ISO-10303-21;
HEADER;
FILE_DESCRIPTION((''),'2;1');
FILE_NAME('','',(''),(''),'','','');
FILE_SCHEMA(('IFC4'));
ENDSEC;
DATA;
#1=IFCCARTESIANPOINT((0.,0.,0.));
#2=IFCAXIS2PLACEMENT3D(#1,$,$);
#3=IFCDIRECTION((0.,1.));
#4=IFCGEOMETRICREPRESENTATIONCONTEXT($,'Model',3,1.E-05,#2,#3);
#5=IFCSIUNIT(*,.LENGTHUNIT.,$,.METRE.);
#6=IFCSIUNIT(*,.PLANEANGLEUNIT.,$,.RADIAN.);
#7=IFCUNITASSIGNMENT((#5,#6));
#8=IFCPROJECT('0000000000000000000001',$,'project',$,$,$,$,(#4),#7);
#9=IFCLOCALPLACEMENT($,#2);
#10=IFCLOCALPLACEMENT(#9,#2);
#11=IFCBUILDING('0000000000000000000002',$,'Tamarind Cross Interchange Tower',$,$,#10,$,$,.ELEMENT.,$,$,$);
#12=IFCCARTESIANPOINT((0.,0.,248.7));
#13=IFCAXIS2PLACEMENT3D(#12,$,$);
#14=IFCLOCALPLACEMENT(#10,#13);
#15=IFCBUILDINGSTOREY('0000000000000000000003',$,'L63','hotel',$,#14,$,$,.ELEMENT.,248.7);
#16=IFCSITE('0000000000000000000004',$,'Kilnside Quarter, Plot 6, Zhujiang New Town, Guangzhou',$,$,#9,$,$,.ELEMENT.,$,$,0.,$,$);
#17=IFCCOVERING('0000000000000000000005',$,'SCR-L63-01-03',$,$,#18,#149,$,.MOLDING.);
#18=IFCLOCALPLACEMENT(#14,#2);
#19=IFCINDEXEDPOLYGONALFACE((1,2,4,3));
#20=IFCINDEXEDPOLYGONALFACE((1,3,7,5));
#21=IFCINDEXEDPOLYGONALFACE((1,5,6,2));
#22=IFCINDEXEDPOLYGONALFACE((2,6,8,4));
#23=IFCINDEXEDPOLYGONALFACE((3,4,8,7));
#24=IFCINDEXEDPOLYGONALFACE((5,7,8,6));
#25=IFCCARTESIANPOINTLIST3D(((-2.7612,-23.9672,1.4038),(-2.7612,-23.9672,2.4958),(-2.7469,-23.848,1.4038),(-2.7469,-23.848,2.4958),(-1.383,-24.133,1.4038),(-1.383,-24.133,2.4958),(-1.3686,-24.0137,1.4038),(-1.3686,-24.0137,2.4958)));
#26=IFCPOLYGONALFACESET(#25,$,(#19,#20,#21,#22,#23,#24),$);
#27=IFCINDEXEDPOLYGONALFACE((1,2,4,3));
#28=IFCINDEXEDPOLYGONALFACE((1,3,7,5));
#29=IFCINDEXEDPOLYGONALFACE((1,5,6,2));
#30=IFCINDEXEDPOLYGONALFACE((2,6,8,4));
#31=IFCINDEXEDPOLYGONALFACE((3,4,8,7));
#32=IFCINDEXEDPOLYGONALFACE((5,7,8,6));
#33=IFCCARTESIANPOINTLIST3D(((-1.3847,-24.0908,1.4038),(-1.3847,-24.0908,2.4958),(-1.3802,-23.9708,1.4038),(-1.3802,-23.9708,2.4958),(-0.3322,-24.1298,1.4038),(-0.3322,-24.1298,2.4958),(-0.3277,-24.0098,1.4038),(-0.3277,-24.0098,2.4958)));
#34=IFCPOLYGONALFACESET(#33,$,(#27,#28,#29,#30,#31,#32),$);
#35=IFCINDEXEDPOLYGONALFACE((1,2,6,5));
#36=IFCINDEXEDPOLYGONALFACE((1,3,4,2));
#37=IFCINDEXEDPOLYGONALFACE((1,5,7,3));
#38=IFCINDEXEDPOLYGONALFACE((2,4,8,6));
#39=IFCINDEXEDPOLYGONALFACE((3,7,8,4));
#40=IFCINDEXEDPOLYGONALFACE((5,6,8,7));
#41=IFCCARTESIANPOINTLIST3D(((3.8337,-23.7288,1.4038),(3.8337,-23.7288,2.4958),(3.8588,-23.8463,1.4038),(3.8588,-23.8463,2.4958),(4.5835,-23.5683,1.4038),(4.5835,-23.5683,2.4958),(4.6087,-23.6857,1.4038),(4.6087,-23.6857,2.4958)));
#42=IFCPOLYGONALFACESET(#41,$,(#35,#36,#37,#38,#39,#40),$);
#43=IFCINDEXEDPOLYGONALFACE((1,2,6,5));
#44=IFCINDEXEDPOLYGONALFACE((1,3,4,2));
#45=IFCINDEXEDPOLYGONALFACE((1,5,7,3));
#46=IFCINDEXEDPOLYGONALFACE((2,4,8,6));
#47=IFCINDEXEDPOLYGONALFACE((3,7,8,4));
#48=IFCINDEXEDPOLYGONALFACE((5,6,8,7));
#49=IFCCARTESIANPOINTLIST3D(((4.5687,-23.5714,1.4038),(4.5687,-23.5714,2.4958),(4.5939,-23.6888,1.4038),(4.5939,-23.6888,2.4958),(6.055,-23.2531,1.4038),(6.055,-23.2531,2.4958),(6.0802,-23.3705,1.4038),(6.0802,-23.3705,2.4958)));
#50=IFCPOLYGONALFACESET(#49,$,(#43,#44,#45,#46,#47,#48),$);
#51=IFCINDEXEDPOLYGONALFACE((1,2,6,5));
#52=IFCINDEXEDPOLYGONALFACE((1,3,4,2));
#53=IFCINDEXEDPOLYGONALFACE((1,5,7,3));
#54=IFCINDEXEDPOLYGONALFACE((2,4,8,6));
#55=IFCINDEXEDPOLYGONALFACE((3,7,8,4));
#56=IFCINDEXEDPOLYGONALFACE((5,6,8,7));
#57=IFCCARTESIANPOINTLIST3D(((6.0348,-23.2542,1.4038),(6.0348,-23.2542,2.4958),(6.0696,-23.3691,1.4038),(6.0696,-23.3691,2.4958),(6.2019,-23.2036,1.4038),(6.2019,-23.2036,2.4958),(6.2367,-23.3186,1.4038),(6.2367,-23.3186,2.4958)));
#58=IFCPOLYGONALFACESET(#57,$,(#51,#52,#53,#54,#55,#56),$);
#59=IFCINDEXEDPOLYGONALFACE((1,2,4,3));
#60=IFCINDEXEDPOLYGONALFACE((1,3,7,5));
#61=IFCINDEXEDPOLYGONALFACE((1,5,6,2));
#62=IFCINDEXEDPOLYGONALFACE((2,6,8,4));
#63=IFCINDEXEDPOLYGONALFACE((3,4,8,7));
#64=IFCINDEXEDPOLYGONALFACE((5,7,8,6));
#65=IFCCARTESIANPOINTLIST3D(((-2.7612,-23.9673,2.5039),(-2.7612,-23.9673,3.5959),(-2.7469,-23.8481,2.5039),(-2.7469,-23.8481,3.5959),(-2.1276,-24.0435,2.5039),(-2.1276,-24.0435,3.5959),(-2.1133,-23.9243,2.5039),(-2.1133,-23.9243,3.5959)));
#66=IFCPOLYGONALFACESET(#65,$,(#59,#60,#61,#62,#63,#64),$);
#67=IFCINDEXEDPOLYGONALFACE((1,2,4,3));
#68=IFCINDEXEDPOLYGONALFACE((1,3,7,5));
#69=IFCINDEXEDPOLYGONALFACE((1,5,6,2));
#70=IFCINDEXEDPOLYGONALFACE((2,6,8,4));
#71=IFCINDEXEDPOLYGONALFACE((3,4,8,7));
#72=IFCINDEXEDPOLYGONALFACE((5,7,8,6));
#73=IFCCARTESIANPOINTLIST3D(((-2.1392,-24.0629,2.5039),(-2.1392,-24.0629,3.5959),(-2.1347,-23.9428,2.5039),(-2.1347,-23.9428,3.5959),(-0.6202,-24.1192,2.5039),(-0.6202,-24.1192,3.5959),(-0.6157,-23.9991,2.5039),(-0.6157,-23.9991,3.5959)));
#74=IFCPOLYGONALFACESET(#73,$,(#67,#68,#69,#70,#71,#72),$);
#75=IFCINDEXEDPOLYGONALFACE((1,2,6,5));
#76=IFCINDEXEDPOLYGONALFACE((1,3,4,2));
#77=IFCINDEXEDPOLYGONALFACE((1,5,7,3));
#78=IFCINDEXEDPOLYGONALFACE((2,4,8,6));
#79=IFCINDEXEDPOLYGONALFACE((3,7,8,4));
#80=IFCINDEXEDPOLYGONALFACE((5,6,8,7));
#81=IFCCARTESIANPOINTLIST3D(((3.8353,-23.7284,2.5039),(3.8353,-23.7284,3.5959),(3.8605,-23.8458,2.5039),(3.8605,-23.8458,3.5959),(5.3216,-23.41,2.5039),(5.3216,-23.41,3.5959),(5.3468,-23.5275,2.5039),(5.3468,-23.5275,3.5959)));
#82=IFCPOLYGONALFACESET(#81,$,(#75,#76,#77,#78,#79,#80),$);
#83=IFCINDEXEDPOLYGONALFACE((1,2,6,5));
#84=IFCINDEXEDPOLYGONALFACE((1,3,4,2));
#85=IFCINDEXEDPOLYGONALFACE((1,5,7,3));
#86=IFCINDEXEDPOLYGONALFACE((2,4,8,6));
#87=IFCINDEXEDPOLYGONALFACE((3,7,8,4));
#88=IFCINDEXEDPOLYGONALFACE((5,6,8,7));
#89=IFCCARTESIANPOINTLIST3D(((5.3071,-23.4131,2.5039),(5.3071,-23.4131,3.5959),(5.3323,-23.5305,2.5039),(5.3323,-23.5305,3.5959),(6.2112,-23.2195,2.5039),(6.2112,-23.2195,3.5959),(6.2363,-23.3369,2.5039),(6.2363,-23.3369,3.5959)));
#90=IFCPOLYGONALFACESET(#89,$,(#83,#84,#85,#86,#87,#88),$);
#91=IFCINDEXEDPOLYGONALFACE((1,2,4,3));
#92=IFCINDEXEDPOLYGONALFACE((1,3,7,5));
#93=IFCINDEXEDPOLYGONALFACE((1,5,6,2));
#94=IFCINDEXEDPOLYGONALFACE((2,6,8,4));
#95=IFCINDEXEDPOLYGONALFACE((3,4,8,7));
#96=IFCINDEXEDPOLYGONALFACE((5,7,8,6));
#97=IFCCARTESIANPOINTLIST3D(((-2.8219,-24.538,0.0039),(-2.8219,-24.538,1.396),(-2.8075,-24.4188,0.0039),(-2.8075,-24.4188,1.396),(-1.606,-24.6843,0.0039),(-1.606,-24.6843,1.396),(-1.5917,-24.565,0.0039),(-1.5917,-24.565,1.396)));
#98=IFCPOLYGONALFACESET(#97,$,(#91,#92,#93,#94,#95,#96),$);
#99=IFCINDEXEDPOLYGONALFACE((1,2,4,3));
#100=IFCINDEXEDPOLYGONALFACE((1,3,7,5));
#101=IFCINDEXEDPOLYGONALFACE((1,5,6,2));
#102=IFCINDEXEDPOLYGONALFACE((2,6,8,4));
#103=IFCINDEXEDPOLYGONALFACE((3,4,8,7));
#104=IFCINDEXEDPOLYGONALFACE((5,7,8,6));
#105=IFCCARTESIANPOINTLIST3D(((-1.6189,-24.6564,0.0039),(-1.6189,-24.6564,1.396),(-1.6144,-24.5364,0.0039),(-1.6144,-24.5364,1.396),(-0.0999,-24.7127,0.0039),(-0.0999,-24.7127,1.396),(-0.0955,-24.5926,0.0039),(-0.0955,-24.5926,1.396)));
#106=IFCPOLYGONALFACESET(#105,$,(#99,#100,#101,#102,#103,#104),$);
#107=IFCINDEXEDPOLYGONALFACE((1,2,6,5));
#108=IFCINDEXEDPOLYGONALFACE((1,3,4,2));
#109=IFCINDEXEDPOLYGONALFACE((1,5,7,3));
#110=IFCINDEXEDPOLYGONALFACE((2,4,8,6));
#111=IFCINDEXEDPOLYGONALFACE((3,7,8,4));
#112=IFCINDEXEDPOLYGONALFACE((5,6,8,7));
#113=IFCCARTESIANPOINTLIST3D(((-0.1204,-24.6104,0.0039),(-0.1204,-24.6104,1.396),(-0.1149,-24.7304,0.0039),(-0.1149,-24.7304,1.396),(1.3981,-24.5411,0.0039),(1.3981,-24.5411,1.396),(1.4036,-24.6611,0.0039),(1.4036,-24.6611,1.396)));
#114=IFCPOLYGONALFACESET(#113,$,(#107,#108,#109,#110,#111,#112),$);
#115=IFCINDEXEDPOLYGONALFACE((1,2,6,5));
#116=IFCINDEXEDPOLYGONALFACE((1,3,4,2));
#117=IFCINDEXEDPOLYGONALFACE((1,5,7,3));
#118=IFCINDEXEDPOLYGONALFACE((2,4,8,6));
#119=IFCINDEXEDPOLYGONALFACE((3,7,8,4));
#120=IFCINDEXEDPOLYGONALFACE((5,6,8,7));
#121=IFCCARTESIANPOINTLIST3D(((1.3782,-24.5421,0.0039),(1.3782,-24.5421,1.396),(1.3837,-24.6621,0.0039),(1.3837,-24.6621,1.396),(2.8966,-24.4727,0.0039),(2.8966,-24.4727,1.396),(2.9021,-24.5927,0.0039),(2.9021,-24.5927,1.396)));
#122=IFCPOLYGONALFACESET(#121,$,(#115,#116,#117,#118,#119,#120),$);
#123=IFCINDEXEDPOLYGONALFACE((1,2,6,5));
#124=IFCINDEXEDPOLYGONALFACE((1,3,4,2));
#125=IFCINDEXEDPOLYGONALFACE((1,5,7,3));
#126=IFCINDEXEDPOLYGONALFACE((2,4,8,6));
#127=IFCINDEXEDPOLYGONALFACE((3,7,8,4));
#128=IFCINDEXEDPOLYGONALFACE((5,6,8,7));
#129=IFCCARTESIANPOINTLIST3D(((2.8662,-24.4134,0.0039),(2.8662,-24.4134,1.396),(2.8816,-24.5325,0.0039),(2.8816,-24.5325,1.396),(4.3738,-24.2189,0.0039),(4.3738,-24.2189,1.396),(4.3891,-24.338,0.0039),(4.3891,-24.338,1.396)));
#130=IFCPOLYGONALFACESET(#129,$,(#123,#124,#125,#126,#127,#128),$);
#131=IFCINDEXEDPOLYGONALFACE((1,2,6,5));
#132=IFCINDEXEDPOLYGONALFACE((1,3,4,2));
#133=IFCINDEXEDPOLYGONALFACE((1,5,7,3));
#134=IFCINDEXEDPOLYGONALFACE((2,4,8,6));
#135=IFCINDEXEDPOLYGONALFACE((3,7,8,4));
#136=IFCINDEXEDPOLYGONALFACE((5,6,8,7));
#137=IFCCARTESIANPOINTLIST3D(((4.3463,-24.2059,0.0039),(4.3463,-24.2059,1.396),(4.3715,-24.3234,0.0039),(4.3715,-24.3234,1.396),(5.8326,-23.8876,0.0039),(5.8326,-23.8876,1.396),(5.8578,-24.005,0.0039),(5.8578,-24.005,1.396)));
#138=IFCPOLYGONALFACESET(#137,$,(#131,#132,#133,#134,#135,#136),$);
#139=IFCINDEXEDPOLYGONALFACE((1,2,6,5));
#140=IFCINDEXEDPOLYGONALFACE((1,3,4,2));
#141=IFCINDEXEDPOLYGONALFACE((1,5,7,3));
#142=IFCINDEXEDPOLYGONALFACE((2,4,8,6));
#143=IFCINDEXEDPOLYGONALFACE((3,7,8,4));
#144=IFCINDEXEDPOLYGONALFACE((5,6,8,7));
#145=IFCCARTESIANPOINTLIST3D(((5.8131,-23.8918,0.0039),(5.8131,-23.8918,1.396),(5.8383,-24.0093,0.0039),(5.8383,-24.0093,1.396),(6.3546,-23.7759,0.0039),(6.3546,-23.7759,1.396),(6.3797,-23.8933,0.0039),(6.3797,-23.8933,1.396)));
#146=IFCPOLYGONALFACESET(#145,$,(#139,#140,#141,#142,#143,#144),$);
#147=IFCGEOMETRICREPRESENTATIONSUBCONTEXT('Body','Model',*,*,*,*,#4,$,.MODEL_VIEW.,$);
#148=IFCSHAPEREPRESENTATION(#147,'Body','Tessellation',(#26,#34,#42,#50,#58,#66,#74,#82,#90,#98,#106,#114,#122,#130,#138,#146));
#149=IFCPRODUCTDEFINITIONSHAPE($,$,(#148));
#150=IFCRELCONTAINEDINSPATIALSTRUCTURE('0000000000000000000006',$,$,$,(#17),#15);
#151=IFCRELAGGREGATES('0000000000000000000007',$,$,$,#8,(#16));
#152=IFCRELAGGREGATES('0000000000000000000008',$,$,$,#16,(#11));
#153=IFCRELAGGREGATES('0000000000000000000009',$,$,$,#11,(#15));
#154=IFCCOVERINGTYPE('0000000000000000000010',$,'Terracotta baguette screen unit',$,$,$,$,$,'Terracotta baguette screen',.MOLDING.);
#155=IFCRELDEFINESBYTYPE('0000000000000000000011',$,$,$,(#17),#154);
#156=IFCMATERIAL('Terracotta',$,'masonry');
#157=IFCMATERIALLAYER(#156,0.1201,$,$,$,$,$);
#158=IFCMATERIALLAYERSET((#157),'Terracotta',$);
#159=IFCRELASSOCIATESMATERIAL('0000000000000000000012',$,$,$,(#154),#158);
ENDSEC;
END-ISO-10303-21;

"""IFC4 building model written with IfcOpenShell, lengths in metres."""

from ifc_helpers import new_model, si_unit, direction, frame, origin, origin_2d, place, context, subcontext, project, spatial, rectangle, extrude, material, layer, layer_set, type_object, element, save


model = new_model("IFC4")

# Units and contexts
model_context = context("Model", 3, precision=1e-05, world=origin(), true_north=direction((0.0, 1.0)))
body_context = subcontext(model_context, "Body", "Model", "MODEL_VIEW")
ifc_project = project(units=[si_unit("LENGTHUNIT", "METRE"), si_unit("PLANEANGLEUNIT", "RADIAN")], contexts=[model_context])

# Site, building, storey
site_placement = place(None, origin())
site = spatial("IfcSite", under=ifc_project, at=site_placement, Name="Kilnside Quarter, Plot 6, Zhujiang New Town, Guangzhou", CompositionType="ELEMENT", RefElevation=0.0)
building_placement = place(site_placement, origin())
building = spatial("IfcBuilding", under=site, at=building_placement, Name="Tamarind Cross Interchange Tower", CompositionType="ELEMENT")
storey_placement = place(building_placement, frame((0.0, 0.0, 248.7)))
storey = spatial("IfcBuildingStorey", under=building, at=storey_placement, Name="L63", Description="hotel", CompositionType="ELEMENT", Elevation=248.7)

# Covering
ifc_material_1 = material(Name="Terracotta", Category="masonry")
ifc_layer_1 = layer(ifc_material_1, 0.1201)
ifc_layer_set_1 = layer_set([ifc_layer_1], Name="Terracotta")
covering_type = type_object("IfcCoveringType", Name="Terracotta baguette screen unit", ElementType="Terracotta baguette screen", PredefinedType="MOLDING", material=ifc_layer_set_1)
covering_1_placement = place(storey_placement, origin())
element("IfcCovering", 1, at=covering_1_placement, inside=storey, type_object=covering_type, Name="SCR-L63-01-03", PredefinedType="MOLDING", context=body_context, shape_type="SweptSolid", body=[
    extrude(rectangle(XDim=1.3882, YDim=0.1201, at=origin_2d()), frame((-2.0649, -23.9905, 1.4038), z_axis=(0.0, 0.0, 1.0), x_axis=(0.992844, -0.119421, 0.0)), (0.0, 0.0, 1.0), 1.092),
    extrude(rectangle(XDim=1.0532, YDim=0.1201, at=origin_2d()), frame((-0.8562, -24.0503, 1.4038), z_axis=(0.0, 0.0, 1.0), x_axis=(0.999314, -0.037025, 0.0)), (0.0, 0.0, 1.0), 1.092),
    extrude(rectangle(XDim=0.7668, YDim=0.1201, at=origin_2d()), frame((4.2212, -23.7073, 1.4038), z_axis=(0.0, 0.0, 1.0), x_axis=(0.977825, 0.209425, 0.0)), (0.0, 0.0, 1.0), 1.092),
    extrude(rectangle(XDim=1.52, YDim=0.1201, at=origin_2d()), frame((5.3245, -23.4709, 1.4038), z_axis=(0.0, 0.0, 1.0), x_axis=(0.977825, 0.209425, 0.0)), (0.0, 0.0, 1.0), 1.092),
    extrude(rectangle(XDim=0.1746, YDim=0.1201, at=origin_2d()), frame((6.1357, -23.2864, 1.4038), z_axis=(0.0, 0.0, 1.0), x_axis=(0.957191, 0.289458, 0.0)), (0.0, 0.0, 1.0), 1.092),
    extrude(rectangle(XDim=0.6382, YDim=0.1201, at=origin_2d()), frame((-2.4373, -23.9458, 2.5039), z_axis=(0.0, 0.0, 1.0), x_axis=(0.992844, -0.119421, 0.0)), (0.0, 0.0, 1.0), 1.092),
    extrude(rectangle(XDim=1.52, YDim=0.1201, at=origin_2d()), frame((-1.3774, -24.031, 2.5039), z_axis=(0.0, 0.0, 1.0), x_axis=(0.999314, -0.037025, 0.0)), (0.0, 0.0, 1.0), 1.092),
    extrude(rectangle(XDim=1.52, YDim=0.1201, at=origin_2d()), frame((4.5911, -23.6279, 2.5039), z_axis=(0.0, 0.0, 1.0), x_axis=(0.977825, 0.209425, 0.0)), (0.0, 0.0, 1.0), 1.092),
    extrude(rectangle(XDim=0.9246, YDim=0.1201, at=origin_2d()), frame((5.7717, -23.375, 2.5039), z_axis=(0.0, 0.0, 1.0), x_axis=(0.977825, 0.209425, 0.0)), (0.0, 0.0, 1.0), 1.092),
    extrude(rectangle(XDim=1.2246, YDim=0.1201, at=origin_2d()), frame((-2.2068, -24.5515, 0.0039), z_axis=(0.0, 0.0, 1.0), x_axis=(0.992844, -0.119421, 0.0)), (0.0, 0.0, 1.0), 1.3921),
    extrude(rectangle(XDim=1.52, YDim=0.1201, at=origin_2d()), frame((-0.8572, -24.6245, 0.0039), z_axis=(0.0, 0.0, 1.0), x_axis=(0.999314, -0.037025, 0.0)), (0.0, 0.0, 1.0), 1.3921),
    extrude(rectangle(XDim=1.52, YDim=0.1201, at=origin_2d()), frame((0.6416, -24.6357, 0.0039), z_axis=(0.0, 0.0, 1.0), x_axis=(0.998959, 0.045624, 0.0)), (0.0, 0.0, 1.0), 1.3921),
    extrude(rectangle(XDim=1.52, YDim=0.1201, at=origin_2d()), frame((2.1401, -24.5674, 0.0039), z_axis=(0.0, 0.0, 1.0), x_axis=(0.998959, 0.045624, 0.0)), (0.0, 0.0, 1.0), 1.3921),
    extrude(rectangle(XDim=1.52, YDim=0.1201, at=origin_2d()), frame((3.6277, -24.3757, 0.0039), z_axis=(0.0, 0.0, 1.0), x_axis=(0.991779, 0.127962, 0.0)), (0.0, 0.0, 1.0), 1.3921),
    extrude(rectangle(XDim=1.52, YDim=0.1201, at=origin_2d()), frame((5.1021, -24.1055, 0.0039), z_axis=(0.0, 0.0, 1.0), x_axis=(0.977825, 0.209425, 0.0)), (0.0, 0.0, 1.0), 1.3921),
    extrude(rectangle(XDim=0.5537, YDim=0.1201, at=origin_2d()), frame((6.0964, -23.8926, 0.0039), z_axis=(0.0, 0.0, 1.0), x_axis=(0.977825, 0.209425, 0.0)), (0.0, 0.0, 1.0), 1.3921),
])

save(model, "model.ifc")
